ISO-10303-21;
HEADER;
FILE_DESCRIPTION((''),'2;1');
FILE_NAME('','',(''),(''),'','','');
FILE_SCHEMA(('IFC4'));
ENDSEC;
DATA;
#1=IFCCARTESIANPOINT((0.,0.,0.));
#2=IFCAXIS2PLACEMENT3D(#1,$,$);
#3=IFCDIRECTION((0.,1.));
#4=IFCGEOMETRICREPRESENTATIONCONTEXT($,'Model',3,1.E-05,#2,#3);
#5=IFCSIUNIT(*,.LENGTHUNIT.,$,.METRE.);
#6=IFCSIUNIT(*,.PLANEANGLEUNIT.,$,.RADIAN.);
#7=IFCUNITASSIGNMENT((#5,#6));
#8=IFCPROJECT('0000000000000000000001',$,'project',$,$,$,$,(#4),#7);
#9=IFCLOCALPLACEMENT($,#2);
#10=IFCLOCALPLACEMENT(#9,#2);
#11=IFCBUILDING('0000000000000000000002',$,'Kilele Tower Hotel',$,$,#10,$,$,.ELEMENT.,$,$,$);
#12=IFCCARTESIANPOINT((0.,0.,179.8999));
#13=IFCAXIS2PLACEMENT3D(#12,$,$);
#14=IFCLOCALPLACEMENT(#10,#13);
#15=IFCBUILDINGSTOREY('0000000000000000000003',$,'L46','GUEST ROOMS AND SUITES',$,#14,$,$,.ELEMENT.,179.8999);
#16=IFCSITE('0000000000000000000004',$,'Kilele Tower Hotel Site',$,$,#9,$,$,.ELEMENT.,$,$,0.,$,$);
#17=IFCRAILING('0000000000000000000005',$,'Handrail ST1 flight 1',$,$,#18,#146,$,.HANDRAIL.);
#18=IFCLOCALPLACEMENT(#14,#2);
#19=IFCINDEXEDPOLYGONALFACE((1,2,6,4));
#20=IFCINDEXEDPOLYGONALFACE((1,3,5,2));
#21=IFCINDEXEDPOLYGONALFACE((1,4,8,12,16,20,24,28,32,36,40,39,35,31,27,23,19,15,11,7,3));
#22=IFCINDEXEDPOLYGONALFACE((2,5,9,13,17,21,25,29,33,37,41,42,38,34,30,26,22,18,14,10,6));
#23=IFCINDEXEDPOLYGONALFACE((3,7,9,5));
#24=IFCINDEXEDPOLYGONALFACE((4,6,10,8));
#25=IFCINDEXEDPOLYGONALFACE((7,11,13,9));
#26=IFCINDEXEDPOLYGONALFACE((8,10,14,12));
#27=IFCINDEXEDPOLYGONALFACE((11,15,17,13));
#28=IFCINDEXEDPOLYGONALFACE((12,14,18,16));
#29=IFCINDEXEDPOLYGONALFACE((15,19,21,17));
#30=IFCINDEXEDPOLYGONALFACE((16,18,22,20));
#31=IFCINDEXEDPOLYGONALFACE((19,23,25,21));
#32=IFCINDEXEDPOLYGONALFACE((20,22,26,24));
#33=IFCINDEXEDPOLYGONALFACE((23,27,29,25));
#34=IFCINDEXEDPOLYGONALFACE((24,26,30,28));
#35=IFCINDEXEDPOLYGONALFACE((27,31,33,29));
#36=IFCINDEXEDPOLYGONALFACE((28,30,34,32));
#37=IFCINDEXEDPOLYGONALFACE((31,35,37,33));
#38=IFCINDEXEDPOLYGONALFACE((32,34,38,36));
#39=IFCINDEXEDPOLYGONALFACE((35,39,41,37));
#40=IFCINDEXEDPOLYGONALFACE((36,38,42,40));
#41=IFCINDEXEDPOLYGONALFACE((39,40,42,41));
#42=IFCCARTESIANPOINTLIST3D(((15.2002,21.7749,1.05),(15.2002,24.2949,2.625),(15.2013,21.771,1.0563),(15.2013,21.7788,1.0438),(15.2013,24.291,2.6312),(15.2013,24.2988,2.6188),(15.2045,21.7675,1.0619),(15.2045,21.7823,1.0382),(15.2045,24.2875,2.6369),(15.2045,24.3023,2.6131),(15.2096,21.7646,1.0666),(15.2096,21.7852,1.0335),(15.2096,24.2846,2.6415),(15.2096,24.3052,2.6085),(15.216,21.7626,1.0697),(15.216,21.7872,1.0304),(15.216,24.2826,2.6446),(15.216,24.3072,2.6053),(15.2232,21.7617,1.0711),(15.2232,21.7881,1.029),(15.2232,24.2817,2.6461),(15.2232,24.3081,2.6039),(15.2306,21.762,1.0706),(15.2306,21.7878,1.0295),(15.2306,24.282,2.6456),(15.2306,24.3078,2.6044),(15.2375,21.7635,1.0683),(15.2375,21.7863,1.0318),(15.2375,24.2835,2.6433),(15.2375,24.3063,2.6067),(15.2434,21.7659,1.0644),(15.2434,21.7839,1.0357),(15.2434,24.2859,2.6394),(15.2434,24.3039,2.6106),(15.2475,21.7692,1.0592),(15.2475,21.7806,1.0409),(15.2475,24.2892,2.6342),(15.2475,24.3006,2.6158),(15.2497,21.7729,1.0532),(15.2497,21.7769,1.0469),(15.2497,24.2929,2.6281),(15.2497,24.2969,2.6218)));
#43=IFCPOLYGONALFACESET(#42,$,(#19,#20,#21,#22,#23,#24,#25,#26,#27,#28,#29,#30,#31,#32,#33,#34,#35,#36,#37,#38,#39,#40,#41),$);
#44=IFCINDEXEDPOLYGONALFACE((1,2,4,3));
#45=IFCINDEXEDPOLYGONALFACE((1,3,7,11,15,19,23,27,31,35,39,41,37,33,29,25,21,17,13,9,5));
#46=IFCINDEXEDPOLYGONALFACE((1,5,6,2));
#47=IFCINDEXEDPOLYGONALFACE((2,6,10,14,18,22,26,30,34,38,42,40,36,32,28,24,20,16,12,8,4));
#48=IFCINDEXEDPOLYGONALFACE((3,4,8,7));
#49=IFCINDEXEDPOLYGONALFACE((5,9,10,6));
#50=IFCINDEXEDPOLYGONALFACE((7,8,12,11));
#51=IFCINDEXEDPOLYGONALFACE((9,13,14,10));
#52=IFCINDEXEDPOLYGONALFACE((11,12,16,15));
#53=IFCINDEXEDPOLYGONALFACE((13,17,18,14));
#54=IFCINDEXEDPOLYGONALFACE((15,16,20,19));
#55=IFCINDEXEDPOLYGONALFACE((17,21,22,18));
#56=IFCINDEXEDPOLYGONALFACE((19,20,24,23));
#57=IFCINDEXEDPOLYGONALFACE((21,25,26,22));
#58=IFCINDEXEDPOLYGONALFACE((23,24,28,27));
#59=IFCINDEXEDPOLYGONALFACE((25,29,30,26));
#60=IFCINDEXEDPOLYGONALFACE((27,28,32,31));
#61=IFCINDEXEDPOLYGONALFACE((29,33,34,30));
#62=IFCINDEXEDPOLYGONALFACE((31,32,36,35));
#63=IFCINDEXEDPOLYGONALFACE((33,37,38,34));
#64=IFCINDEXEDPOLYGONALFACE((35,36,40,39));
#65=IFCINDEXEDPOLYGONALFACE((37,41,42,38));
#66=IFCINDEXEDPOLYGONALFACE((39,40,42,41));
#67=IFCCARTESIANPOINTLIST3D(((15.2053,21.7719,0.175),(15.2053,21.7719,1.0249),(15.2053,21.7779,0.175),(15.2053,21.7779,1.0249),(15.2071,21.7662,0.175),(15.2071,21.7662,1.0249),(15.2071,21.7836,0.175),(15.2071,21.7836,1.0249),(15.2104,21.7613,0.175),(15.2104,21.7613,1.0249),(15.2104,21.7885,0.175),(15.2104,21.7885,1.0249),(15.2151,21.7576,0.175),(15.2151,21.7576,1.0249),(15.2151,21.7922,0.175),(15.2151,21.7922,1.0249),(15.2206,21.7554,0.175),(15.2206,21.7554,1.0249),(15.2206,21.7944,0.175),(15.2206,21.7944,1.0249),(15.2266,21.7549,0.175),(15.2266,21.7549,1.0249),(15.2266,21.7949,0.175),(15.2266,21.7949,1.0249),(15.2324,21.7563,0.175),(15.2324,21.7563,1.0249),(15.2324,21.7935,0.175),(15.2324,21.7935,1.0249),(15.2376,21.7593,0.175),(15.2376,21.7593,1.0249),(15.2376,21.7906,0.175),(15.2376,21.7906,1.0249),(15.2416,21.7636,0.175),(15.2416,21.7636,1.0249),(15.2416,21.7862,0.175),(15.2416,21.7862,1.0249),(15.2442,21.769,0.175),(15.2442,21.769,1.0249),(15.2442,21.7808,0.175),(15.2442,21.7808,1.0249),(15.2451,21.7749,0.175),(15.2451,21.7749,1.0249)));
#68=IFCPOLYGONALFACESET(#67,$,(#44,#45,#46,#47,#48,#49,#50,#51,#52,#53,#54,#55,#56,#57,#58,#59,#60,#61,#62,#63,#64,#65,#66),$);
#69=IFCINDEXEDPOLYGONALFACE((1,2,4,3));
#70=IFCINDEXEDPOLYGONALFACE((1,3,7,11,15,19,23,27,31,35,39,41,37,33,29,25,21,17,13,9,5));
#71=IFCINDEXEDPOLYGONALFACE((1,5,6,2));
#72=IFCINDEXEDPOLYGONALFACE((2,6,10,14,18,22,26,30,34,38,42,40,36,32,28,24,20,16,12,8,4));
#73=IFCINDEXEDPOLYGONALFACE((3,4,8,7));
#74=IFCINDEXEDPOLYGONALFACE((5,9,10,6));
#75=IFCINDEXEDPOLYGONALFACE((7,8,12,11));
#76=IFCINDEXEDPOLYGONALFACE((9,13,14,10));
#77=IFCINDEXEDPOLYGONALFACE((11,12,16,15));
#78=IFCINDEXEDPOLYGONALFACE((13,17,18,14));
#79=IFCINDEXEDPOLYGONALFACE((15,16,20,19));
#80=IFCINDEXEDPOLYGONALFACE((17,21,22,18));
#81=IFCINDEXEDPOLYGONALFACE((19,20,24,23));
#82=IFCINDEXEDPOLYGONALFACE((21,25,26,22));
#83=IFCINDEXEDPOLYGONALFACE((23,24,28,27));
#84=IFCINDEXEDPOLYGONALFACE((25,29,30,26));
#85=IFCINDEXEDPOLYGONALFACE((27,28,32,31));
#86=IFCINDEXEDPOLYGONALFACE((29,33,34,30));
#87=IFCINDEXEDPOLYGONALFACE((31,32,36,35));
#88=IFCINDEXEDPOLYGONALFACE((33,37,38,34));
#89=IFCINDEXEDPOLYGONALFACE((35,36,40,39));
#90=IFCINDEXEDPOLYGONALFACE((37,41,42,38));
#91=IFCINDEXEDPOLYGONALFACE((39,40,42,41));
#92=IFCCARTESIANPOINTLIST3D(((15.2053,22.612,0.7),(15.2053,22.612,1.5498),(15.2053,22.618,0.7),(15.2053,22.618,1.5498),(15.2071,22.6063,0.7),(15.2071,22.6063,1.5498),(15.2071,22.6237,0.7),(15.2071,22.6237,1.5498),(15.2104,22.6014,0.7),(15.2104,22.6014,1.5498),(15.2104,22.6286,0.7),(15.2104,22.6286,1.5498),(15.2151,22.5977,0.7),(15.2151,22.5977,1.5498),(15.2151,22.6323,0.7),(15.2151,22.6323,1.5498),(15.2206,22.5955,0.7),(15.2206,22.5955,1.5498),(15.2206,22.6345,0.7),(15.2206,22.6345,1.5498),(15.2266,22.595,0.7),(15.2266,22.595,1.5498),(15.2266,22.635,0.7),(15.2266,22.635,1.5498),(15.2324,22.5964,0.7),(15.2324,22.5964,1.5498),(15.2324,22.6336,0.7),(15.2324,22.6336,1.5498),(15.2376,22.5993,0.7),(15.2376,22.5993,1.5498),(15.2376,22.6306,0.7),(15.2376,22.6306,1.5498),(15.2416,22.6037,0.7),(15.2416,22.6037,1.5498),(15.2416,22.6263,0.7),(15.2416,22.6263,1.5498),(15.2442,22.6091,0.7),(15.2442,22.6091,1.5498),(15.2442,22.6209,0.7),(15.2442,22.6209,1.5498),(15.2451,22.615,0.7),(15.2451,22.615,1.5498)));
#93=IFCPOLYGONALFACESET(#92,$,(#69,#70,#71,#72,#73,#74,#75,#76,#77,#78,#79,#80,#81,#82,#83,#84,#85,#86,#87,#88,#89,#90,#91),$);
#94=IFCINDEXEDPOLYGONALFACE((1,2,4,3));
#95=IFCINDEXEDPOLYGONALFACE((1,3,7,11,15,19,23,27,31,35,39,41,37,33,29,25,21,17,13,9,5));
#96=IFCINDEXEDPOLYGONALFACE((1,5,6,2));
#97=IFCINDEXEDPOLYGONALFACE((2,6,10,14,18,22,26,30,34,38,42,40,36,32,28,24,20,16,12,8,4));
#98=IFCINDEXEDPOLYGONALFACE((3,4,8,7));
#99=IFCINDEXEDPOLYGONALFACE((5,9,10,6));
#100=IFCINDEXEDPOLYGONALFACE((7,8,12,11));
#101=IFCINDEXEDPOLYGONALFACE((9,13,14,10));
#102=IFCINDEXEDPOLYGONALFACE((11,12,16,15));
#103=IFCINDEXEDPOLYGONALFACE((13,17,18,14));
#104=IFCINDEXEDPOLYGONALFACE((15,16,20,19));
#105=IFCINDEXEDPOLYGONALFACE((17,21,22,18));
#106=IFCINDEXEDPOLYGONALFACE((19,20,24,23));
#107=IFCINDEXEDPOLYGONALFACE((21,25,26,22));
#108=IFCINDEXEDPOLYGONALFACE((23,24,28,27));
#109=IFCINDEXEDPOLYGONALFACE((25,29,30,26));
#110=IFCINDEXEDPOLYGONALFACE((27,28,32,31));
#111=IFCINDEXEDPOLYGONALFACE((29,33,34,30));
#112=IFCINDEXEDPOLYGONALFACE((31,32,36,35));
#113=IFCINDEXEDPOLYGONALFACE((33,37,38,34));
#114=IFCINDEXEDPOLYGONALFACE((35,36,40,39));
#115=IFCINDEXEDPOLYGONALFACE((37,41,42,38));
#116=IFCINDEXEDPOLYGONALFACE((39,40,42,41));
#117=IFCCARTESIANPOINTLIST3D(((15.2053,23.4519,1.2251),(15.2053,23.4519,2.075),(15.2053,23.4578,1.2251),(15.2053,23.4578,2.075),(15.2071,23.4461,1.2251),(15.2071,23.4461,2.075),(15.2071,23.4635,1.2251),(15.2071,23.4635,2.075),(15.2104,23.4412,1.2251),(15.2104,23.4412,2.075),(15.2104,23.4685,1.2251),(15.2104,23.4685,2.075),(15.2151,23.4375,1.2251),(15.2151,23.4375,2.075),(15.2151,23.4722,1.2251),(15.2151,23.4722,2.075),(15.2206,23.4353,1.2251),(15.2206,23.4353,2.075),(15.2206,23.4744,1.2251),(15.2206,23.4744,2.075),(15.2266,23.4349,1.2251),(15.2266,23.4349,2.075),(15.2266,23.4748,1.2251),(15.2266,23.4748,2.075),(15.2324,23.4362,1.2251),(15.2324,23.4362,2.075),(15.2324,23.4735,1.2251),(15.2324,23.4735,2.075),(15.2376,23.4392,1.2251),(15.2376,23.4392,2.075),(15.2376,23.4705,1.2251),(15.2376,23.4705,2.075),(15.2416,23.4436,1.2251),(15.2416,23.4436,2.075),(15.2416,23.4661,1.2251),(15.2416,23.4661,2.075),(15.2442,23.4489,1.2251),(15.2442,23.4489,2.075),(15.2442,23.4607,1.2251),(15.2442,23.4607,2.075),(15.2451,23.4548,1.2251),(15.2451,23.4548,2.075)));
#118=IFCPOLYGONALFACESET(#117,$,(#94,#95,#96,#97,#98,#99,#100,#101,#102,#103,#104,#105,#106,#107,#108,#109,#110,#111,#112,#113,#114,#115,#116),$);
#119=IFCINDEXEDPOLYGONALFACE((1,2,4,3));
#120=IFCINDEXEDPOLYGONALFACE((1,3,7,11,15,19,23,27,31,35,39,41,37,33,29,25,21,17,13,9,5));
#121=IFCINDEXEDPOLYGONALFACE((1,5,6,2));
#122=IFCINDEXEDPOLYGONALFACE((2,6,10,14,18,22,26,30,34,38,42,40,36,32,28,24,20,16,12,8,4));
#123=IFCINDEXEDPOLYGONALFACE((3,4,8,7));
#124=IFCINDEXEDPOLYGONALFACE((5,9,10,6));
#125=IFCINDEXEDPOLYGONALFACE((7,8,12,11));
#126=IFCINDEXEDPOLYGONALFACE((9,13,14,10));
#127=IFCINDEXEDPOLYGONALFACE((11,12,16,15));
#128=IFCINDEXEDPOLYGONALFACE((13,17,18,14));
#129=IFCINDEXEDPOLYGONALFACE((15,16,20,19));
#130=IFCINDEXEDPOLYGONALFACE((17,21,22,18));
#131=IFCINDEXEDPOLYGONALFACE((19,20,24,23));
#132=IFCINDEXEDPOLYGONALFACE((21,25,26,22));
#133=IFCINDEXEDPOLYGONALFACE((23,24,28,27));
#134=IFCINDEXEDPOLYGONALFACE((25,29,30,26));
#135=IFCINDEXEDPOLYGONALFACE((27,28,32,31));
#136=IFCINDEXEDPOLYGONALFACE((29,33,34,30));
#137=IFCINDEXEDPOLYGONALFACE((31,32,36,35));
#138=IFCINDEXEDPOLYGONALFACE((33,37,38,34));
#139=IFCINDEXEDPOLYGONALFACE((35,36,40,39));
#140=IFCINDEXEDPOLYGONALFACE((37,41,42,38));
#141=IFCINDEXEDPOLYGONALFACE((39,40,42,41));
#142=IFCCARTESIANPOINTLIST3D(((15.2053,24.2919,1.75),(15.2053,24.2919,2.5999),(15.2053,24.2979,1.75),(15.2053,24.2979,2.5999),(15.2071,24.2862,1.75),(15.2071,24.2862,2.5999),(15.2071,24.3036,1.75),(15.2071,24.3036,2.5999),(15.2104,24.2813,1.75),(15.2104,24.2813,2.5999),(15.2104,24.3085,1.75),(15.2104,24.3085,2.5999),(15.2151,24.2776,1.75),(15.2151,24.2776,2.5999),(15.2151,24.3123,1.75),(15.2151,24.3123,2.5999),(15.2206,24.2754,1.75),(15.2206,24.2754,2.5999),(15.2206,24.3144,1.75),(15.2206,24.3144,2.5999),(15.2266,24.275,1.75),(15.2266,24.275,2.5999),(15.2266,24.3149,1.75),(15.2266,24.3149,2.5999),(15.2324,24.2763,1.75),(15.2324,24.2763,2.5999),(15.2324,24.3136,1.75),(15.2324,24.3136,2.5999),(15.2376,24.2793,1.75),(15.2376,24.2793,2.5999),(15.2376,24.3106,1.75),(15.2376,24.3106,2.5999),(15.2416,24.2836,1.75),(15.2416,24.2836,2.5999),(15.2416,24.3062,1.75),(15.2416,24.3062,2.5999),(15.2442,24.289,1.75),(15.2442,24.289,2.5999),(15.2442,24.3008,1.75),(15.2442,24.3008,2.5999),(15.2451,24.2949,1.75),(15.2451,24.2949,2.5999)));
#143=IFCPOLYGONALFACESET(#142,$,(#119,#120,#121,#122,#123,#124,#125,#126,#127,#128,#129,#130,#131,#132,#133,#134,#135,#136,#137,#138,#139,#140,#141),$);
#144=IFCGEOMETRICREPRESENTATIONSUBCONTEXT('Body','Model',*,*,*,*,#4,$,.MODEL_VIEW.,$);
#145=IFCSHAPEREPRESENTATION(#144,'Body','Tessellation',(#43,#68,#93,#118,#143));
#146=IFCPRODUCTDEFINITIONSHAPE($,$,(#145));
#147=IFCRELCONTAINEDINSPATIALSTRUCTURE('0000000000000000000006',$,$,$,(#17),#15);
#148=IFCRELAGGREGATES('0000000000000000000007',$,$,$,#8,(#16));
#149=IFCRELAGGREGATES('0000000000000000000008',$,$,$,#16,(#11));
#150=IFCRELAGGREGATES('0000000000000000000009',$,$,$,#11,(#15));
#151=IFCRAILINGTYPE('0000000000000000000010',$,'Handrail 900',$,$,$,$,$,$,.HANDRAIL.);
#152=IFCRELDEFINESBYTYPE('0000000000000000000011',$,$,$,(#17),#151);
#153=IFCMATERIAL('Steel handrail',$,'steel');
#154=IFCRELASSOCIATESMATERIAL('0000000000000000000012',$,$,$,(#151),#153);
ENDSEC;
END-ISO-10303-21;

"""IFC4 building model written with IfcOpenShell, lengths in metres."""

from ifc_helpers import new_model, si_unit, direction, frame, origin, origin_2d, place, context, subcontext, project, spatial, circle, extrude, material, type_object, element, save


model = new_model("IFC4")

# Units and contexts
model_context = context("Model", 3, precision=1e-05, world=origin(), true_north=direction((0.0, 1.0)))
body_context = subcontext(model_context, "Body", "Model", "MODEL_VIEW")
ifc_project = project(units=[si_unit("LENGTHUNIT", "METRE"), si_unit("PLANEANGLEUNIT", "RADIAN")], contexts=[model_context])

# Site, building, storey
site_placement = place(None, origin())
site = spatial("IfcSite", under=ifc_project, at=site_placement, Name="Kilele Tower Hotel Site", CompositionType="ELEMENT", RefElevation=0.0)
building_placement = place(site_placement, origin())
building = spatial("IfcBuilding", under=site, at=building_placement, Name="Kilele Tower Hotel", CompositionType="ELEMENT")
storey_placement = place(building_placement, frame((0.0, 0.0, 179.8999)))
storey = spatial("IfcBuildingStorey", under=building, at=storey_placement, Name="L46", Description="GUEST ROOMS AND SUITES", CompositionType="ELEMENT", Elevation=179.8999)

# Railing
ifc_material_1 = material(Name="Steel handrail", Category="steel")
railing_type_1 = type_object("IfcRailingType", Name="Handrail 900", PredefinedType="HANDRAIL", material=ifc_material_1)
for number, where, name in (
    (1, (15.2251, 21.7749, 0.175), "Handrail ST1 flight 1"),
):
    element("IfcRailing", number, at=place(storey_placement, frame(where)), inside=storey, type_object=railing_type_1, Name=name, PredefinedType="HANDRAIL", context=body_context, shape_type="SweptSolid", body=[
        extrude(circle(Radius=0.0249, at=origin_2d()), frame((0.0, 0.0, 0.875), z_axis=(0.0, 0.848008, 0.529984), x_axis=(-1.0, 0.0, 0.0)), (0.0, 0.0, 1.0), 2.9717),
        extrude(circle(Radius=0.02, at=origin_2d()), origin(), (0.0, 0.0, 1.0), 0.8499),
        extrude(circle(Radius=0.02, at=origin_2d()), frame((0.0, 0.8401, 0.5249)), (0.0, 0.0, 1.0), 0.8499),
        extrude(circle(Radius=0.02, at=origin_2d()), frame((0.0, 1.6799, 1.05)), (0.0, 0.0, 1.0), 0.8499),
        extrude(circle(Radius=0.02, at=origin_2d()), frame((0.0, 2.52, 1.575)), (0.0, 0.0, 1.0), 0.8499),
    ])

save(model, "model.ifc")
